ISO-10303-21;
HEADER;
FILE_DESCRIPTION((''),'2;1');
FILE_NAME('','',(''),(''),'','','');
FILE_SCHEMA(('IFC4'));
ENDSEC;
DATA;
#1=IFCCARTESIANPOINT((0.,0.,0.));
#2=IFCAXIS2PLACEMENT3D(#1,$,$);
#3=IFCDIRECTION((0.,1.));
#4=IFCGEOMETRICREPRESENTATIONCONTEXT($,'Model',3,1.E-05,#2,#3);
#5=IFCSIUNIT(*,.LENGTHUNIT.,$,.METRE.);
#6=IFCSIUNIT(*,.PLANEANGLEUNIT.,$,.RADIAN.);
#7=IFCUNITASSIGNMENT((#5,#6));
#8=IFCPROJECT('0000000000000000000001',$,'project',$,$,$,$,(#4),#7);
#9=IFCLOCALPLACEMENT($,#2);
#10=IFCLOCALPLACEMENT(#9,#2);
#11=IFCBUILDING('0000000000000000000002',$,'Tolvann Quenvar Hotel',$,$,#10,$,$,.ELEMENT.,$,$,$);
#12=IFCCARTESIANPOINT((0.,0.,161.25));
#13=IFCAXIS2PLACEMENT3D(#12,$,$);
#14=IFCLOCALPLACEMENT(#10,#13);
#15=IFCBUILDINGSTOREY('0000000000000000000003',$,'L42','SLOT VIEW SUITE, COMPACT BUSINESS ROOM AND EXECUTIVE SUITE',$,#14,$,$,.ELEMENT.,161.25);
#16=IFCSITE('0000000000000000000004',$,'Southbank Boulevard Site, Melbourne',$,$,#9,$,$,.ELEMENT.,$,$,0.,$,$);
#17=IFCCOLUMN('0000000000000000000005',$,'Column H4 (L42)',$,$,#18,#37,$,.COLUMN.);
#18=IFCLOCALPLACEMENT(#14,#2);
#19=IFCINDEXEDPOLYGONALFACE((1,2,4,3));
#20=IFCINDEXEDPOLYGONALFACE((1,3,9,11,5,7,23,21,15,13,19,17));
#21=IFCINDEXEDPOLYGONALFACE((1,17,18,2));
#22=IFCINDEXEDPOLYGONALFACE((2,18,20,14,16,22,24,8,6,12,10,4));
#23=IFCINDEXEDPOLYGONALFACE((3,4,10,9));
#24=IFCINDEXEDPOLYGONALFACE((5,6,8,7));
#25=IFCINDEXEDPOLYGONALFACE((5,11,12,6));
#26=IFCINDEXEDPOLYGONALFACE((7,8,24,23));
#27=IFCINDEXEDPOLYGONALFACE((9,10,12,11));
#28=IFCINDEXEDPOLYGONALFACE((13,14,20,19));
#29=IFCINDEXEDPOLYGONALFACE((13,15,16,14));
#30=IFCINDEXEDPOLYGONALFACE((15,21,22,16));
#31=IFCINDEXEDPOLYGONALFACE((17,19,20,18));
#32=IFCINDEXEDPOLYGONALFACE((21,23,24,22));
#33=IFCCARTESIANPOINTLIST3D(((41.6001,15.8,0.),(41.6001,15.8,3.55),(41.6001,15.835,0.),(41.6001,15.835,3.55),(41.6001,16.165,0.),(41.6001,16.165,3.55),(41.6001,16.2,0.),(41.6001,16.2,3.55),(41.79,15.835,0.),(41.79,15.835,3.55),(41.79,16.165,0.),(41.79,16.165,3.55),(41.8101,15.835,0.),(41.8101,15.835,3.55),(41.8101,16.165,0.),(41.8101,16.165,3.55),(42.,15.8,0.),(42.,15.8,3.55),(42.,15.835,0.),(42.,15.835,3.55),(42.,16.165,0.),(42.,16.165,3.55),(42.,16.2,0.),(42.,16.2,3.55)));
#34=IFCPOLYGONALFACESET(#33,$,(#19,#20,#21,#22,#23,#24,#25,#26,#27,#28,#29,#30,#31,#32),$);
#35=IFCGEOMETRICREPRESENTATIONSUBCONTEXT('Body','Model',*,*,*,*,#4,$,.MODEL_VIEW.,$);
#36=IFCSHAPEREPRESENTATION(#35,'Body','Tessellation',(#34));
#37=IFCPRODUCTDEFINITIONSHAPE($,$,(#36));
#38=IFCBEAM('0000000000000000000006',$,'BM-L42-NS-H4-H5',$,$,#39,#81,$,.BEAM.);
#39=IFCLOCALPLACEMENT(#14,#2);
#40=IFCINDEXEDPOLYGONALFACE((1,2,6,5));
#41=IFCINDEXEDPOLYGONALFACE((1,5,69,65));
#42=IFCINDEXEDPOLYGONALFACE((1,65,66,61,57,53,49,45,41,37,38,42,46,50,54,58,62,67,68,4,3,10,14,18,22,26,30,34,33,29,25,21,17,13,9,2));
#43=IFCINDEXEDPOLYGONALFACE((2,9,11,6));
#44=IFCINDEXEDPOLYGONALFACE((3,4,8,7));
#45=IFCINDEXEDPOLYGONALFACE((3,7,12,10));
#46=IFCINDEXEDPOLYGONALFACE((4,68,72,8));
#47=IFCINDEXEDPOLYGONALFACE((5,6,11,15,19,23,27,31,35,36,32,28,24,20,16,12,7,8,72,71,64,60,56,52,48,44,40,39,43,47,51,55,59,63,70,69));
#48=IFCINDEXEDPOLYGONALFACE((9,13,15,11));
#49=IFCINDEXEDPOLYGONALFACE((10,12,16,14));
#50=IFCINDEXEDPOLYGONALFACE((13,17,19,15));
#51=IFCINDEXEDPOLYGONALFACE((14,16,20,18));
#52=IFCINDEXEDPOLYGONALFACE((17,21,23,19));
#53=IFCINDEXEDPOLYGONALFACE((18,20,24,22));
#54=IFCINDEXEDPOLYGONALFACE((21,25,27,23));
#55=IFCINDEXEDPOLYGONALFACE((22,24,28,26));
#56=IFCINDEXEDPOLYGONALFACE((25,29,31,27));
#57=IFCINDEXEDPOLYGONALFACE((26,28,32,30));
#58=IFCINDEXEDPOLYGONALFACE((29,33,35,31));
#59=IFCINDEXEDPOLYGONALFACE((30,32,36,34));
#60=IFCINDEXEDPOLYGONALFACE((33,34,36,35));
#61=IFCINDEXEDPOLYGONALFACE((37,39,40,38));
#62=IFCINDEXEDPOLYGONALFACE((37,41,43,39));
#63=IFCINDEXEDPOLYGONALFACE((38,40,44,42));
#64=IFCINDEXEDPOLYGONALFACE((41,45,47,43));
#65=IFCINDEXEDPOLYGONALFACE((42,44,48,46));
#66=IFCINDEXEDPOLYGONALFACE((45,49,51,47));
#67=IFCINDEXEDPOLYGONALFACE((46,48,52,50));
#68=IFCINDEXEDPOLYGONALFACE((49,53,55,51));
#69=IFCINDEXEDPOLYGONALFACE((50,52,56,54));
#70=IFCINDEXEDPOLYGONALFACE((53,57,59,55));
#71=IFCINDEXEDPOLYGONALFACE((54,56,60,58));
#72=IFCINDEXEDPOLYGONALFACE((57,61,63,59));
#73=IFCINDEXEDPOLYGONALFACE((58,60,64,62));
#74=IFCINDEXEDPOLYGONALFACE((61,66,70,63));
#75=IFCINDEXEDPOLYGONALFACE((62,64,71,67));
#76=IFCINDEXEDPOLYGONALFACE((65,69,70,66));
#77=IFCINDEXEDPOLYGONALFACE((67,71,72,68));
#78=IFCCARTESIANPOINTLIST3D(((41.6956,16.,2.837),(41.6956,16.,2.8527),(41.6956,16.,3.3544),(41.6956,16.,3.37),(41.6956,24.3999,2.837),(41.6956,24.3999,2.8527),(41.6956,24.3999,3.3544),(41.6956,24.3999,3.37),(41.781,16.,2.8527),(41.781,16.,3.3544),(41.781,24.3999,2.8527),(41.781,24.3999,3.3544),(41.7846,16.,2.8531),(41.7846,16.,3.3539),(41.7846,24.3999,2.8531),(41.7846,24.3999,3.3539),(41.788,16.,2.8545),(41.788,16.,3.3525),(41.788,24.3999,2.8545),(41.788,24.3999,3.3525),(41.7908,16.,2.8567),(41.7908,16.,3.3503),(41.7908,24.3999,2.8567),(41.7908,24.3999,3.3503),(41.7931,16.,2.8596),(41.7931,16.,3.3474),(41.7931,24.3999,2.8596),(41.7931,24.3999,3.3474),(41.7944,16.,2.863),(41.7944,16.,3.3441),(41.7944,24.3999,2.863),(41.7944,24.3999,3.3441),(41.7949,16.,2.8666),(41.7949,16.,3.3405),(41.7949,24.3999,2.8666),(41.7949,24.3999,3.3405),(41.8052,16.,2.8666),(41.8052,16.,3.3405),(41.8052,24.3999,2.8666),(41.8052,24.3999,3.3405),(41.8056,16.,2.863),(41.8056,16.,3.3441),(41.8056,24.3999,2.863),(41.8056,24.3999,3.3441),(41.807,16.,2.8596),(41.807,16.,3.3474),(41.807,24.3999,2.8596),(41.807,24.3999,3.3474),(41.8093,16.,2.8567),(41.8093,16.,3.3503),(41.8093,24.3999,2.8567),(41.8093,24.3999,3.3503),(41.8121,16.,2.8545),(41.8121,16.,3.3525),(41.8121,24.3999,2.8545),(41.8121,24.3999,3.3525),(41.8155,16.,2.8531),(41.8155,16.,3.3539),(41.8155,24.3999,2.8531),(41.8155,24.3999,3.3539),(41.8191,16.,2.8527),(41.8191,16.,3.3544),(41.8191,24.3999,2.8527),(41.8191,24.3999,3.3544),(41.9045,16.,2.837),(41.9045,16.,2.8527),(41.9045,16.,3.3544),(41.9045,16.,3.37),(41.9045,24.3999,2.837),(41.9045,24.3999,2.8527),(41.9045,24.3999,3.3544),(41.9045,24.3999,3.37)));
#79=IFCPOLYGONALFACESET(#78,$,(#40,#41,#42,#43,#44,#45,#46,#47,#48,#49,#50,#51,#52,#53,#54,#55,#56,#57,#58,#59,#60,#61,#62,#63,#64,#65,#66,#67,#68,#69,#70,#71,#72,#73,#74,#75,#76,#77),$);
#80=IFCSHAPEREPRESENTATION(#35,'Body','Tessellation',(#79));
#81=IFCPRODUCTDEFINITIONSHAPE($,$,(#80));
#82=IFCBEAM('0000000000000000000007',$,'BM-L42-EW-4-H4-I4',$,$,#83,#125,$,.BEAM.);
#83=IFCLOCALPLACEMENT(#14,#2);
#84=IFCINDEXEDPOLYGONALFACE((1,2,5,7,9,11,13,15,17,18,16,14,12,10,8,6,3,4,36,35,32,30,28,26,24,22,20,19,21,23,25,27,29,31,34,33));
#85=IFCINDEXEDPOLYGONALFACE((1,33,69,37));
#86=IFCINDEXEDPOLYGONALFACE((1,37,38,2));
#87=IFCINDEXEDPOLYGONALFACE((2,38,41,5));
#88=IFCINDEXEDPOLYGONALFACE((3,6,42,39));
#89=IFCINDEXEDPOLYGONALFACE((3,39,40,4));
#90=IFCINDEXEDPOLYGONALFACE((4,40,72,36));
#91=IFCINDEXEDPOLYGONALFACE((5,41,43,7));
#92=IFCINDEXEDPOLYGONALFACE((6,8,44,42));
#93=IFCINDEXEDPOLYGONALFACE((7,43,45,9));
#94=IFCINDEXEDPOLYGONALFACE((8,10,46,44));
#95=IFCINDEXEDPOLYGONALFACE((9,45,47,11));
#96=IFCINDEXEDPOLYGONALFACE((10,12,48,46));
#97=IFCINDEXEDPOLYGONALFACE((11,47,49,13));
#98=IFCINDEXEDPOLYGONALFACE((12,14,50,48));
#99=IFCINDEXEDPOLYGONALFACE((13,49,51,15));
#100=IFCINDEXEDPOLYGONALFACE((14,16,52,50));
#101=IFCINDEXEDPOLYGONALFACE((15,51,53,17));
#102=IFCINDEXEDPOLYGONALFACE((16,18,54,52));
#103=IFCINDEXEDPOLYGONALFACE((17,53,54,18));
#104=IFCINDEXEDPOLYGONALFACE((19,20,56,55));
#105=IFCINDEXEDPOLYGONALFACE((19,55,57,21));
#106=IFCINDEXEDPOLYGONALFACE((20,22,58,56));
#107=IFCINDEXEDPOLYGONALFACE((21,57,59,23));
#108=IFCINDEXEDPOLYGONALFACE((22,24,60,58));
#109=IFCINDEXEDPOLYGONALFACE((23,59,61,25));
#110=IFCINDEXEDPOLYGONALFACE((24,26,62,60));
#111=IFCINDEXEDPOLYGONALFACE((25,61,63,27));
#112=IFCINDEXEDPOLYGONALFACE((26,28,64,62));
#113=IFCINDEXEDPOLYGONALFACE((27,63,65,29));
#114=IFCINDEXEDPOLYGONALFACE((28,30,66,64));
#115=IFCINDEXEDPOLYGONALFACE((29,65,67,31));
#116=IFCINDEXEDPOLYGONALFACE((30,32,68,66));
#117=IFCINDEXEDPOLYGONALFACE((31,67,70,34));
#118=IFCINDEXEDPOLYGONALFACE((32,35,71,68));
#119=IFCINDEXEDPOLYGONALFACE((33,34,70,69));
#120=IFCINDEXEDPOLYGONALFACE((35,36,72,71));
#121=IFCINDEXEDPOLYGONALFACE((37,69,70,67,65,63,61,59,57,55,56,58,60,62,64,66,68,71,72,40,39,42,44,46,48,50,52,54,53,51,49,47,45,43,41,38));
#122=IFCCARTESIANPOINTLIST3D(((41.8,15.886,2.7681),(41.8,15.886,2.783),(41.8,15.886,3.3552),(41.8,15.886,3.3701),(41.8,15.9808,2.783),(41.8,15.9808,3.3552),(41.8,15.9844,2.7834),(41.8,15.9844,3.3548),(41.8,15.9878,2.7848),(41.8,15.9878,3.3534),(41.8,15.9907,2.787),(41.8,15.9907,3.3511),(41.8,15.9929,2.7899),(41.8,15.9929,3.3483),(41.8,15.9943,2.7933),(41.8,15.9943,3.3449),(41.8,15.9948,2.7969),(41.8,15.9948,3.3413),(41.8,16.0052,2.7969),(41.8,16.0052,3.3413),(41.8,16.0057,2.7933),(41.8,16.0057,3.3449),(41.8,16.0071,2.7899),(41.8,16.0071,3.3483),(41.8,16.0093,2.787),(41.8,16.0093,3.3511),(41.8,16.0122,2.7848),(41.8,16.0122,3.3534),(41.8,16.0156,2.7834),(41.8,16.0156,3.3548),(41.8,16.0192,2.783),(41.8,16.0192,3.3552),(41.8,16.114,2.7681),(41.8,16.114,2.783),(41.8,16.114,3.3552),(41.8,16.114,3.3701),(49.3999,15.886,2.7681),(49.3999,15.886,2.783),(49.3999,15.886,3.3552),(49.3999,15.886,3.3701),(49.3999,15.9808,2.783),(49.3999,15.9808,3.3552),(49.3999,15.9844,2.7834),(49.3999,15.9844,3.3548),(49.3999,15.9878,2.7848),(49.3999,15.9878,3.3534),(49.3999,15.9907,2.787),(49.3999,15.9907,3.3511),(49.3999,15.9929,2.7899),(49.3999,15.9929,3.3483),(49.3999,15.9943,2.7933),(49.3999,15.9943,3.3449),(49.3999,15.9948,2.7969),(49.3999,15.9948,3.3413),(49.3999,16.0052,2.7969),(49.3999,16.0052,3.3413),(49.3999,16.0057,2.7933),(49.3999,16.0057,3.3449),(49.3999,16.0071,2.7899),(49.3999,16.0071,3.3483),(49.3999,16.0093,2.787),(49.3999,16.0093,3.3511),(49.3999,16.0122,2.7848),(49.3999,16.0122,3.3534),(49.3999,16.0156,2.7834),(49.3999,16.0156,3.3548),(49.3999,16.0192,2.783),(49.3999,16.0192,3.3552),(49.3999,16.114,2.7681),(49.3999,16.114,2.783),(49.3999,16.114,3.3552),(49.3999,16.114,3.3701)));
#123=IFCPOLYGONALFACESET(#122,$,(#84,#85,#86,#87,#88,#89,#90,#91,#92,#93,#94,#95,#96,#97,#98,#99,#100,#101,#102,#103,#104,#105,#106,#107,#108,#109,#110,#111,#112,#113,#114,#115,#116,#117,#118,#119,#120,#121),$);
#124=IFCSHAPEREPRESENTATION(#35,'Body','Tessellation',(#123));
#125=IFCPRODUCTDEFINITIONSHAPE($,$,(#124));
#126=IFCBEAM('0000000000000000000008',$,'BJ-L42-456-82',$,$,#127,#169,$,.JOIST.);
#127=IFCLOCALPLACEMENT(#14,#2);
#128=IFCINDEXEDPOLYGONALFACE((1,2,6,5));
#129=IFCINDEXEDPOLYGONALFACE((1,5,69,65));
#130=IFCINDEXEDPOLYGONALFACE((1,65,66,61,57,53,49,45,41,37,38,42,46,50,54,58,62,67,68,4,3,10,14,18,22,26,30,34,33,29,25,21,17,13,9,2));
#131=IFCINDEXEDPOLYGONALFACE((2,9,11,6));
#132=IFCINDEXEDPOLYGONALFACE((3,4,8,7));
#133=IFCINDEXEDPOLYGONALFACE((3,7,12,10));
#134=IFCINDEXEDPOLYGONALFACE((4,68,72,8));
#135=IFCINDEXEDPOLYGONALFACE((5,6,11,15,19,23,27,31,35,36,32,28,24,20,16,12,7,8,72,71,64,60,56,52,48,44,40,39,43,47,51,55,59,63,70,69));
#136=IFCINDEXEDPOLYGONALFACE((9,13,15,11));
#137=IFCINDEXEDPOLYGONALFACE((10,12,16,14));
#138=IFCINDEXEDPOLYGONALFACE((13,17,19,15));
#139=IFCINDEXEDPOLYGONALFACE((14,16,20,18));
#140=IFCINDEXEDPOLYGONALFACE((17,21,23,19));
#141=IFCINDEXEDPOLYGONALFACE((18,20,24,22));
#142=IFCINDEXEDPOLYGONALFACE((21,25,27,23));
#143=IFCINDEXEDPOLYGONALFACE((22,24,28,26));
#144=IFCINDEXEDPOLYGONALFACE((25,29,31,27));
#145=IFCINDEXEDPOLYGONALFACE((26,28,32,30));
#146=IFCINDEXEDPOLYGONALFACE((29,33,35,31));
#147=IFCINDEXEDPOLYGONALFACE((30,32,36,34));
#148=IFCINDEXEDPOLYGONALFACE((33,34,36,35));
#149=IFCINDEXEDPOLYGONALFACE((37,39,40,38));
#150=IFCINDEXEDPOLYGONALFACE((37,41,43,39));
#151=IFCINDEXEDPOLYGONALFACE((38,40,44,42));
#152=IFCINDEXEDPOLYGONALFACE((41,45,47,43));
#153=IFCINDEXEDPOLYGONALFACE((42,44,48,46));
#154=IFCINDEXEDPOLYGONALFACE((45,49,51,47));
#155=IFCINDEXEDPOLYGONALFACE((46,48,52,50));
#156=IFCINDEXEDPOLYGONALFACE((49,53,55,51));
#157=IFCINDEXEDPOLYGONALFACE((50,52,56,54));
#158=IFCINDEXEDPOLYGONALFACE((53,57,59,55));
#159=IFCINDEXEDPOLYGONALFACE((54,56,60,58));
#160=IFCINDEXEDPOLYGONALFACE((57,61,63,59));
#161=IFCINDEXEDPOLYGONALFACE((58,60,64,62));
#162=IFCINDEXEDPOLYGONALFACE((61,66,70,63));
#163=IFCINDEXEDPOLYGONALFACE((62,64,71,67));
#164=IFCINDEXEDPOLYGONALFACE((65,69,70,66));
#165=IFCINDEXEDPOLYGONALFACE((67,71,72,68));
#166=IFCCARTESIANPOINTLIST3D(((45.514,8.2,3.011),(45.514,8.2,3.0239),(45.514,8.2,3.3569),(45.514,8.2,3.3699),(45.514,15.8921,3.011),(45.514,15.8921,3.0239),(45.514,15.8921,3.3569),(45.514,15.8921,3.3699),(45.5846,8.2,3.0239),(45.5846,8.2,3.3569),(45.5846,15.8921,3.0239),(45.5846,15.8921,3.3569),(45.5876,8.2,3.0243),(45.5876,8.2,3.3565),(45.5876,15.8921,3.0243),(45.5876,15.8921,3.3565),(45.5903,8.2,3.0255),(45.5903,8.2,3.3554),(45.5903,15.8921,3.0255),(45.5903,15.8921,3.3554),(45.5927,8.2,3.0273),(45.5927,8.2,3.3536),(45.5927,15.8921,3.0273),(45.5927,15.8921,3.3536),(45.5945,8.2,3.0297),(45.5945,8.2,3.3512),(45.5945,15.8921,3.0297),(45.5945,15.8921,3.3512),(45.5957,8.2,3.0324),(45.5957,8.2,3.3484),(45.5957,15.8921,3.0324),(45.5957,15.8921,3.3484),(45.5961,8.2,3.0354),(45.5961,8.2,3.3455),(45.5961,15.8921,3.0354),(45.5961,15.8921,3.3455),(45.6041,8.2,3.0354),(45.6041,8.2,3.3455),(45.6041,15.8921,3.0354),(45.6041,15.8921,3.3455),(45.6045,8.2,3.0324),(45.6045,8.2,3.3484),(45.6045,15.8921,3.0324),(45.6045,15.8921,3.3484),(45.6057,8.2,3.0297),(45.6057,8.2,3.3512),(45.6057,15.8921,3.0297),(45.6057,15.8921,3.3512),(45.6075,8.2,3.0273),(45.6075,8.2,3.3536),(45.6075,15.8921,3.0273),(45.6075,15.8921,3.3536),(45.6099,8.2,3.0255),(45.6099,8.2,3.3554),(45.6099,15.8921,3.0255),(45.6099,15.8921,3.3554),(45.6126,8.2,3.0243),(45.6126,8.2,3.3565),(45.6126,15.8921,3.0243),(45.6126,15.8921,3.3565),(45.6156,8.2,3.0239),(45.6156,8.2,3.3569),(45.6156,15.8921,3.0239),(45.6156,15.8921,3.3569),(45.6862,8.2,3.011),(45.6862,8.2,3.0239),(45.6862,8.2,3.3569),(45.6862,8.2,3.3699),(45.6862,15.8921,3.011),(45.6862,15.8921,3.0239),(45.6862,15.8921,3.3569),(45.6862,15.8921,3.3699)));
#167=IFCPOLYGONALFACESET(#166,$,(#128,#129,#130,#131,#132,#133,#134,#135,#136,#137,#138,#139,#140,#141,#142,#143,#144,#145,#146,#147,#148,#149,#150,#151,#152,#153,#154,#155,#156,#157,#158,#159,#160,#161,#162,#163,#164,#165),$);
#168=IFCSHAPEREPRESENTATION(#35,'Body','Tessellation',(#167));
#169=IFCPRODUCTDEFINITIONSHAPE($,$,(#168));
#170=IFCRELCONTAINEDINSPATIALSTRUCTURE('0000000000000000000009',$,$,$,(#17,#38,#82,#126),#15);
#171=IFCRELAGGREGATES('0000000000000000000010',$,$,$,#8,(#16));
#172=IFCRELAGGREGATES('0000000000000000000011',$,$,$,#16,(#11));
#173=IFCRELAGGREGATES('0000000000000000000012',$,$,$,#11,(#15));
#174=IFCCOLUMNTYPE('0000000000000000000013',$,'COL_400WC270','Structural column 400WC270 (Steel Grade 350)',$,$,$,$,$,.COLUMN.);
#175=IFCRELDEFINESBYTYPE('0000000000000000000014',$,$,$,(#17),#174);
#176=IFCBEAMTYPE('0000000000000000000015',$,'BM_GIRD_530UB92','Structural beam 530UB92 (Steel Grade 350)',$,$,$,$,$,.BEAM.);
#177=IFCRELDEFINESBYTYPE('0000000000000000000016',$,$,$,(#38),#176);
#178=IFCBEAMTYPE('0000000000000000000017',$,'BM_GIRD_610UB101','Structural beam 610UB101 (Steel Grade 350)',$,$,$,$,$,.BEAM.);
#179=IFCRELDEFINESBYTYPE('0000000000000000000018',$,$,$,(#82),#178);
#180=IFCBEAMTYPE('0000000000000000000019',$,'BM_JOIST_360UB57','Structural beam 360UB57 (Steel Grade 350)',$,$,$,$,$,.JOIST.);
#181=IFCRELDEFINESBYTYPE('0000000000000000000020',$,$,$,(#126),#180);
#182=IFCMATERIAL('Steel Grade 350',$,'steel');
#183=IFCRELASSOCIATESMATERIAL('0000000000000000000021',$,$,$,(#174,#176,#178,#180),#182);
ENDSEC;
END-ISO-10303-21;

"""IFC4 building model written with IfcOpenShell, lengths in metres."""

from ifc_helpers import new_model, si_unit, direction, frame, origin, origin_2d, place, context, subcontext, project, spatial, i_section, extrude, source, transform, mapped, material, material_profile, profile_set, type_object, type_shapes, element, save


model = new_model("IFC4")

# Units and contexts
model_context = context("Model", 3, precision=1e-05, world=origin(), true_north=direction((0.0, 1.0)))
body_context = subcontext(model_context, "Body", "Model", "MODEL_VIEW")
ifc_project = project(units=[si_unit("LENGTHUNIT", "METRE"), si_unit("PLANEANGLEUNIT", "RADIAN")], contexts=[model_context])

# Site, building, storey
site_placement = place(None, origin())
site = spatial("IfcSite", under=ifc_project, at=site_placement, Name="Southbank Boulevard Site, Melbourne", CompositionType="ELEMENT", RefElevation=0.0)
building_placement = place(site_placement, origin())
building = spatial("IfcBuilding", under=site, at=building_placement, Name="Tolvann Quenvar Hotel", CompositionType="ELEMENT")
storey_placement = place(building_placement, frame((0.0, 0.0, 161.25)))
storey = spatial("IfcBuildingStorey", under=building, at=storey_placement, Name="L42", Description="SLOT VIEW SUITE, COMPACT BUSINESS ROOM AND EXECUTIVE SUITE", CompositionType="ELEMENT", Elevation=161.25)

# Column
ifc_material_1 = material(Name="Steel Grade 350", Category="steel")
ifc_material_profile_1 = material_profile(ifc_material_1, i_section(OverallWidth=0.3999, OverallDepth=0.3999, WebThickness=0.02, FlangeThickness=0.0349, at=origin_2d()), Name="400WC270")
ifc_profile_set_1 = profile_set([ifc_material_profile_1], Name="Steel Grade 350")
column_type = type_object("IfcColumnType", Name="COL_400WC270", Description="Structural column 400WC270 (Steel Grade 350)", PredefinedType="COLUMN", material=ifc_profile_set_1)
shared_shape_1 = source(origin(), body_context, "Body", "SweptSolid", [
    extrude(i_section(OverallWidth=0.3999, OverallDepth=0.3999, WebThickness=0.02, FlangeThickness=0.0349, at=origin_2d()), origin(), (0.0, 0.0, 1.0), 3.55),
])
type_shapes(column_type, [shared_shape_1])
column_placement = place(storey_placement, frame((41.8, 16.0, 0.0), z_axis=(0.0, 0.0, 1.0), x_axis=(1.0, 0.0, 0.0)))
element("IfcColumn", 1, at=column_placement, inside=storey, type_object=column_type, Name="Column H4 (L42)", PredefinedType="COLUMN", context=body_context, shape_type="MappedRepresentation", body=[
    mapped(shared_shape_1, transform((0.0, 0.0, 0.0), x_axis=(1.0, 0.0, 0.0), y_axis=(0.0, 1.0, 0.0), z_axis=(0.0, 0.0, 1.0), scale=1.0)),
])

# Beams
ifc_material_profile_2 = material_profile(ifc_material_1, i_section(OverallWidth=0.209, OverallDepth=0.533, WebThickness=0.0103, FlangeThickness=0.0156, FilletRadius=0.0139, at=origin_2d()), Name="530UB92")
ifc_profile_set_2 = profile_set([ifc_material_profile_2], Name="Steel Grade 350")
beam_type_1 = type_object("IfcBeamType", Name="BM_GIRD_530UB92", Description="Structural beam 530UB92 (Steel Grade 350)", PredefinedType="BEAM", material=ifc_profile_set_2)
shared_shape_2 = source(origin(), body_context, "Body", "SweptSolid", [
    extrude(i_section(OverallWidth=0.209, OverallDepth=0.533, WebThickness=0.0103, FlangeThickness=0.0156, FilletRadius=0.0139, at=origin_2d()), origin(), (0.0, 0.0, 1.0), 8.3999),
])
type_shapes(beam_type_1, [shared_shape_2])
beam_1_placement = place(storey_placement, frame((41.8, 16.0, 3.1035), z_axis=(0.0, 1.0, 0.0), x_axis=(-1.0, 0.0, 0.0)))
element("IfcBeam", 2, at=beam_1_placement, inside=storey, type_object=beam_type_1, Name="BM-L42-NS-H4-H5", PredefinedType="BEAM", context=body_context, shape_type="MappedRepresentation", body=[
    mapped(shared_shape_2, transform((0.0, 0.0, 0.0), x_axis=(1.0, 0.0, 0.0), y_axis=(0.0, 1.0, 0.0), z_axis=(0.0, 0.0, 1.0), scale=1.0)),
])
ifc_material_profile_3 = material_profile(ifc_material_1, i_section(OverallWidth=0.228, OverallDepth=0.6021, WebThickness=0.0105, FlangeThickness=0.0149, FilletRadius=0.0139, at=origin_2d()), Name="610UB101")
ifc_profile_set_3 = profile_set([ifc_material_profile_3], Name="Steel Grade 350")
beam_type_2 = type_object("IfcBeamType", Name="BM_GIRD_610UB101", Description="Structural beam 610UB101 (Steel Grade 350)", PredefinedType="BEAM", material=ifc_profile_set_3)
shared_shape_3 = source(origin(), body_context, "Body", "SweptSolid", [
    extrude(i_section(OverallWidth=0.228, OverallDepth=0.6021, WebThickness=0.0105, FlangeThickness=0.0149, FilletRadius=0.0139, at=origin_2d()), origin(), (0.0, 0.0, 1.0), 7.5999),
])
type_shapes(beam_type_2, [shared_shape_3])
beam_2_placement = place(storey_placement, frame((41.8, 16.0, 3.0691), z_axis=(1.0, 0.0, 0.0), x_axis=(0.0, 1.0, 0.0)))
element("IfcBeam", 3, at=beam_2_placement, inside=storey, type_object=beam_type_2, Name="BM-L42-EW-4-H4-I4", PredefinedType="BEAM", context=body_context, shape_type="MappedRepresentation", body=[
    mapped(shared_shape_3, transform((0.0, 0.0, 0.0), x_axis=(1.0, 0.0, 0.0), y_axis=(0.0, 1.0, 0.0), z_axis=(0.0, 0.0, 1.0), scale=1.0)),
])
ifc_material_profile_4 = material_profile(ifc_material_1, i_section(OverallWidth=0.1721, OverallDepth=0.3589, WebThickness=0.0081, FlangeThickness=0.0129, FilletRadius=0.0115, at=origin_2d()), Name="360UB57")
ifc_profile_set_4 = profile_set([ifc_material_profile_4], Name="Steel Grade 350")
beam_type_3 = type_object("IfcBeamType", Name="BM_JOIST_360UB57", Description="Structural beam 360UB57 (Steel Grade 350)", PredefinedType="JOIST", material=ifc_profile_set_4)
shared_shape_4 = source(origin(), body_context, "Body", "SweptSolid", [
    extrude(i_section(OverallWidth=0.1721, OverallDepth=0.3589, WebThickness=0.0081, FlangeThickness=0.0129, FilletRadius=0.0115, at=origin_2d()), origin(), (0.0, 0.0, 1.0), 7.6921),
])
type_shapes(beam_type_3, [shared_shape_4])
beam_3_placement = place(storey_placement, frame((45.6001, 8.2, 3.1904), z_axis=(0.0, 1.0, 0.0), x_axis=(-1.0, 0.0, 0.0)))
element("IfcBeam", 4, at=beam_3_placement, inside=storey, type_object=beam_type_3, Name="BJ-L42-456-82", PredefinedType="JOIST", context=body_context, shape_type="MappedRepresentation", body=[
    mapped(shared_shape_4, transform((0.0, 0.0, 0.0), x_axis=(1.0, 0.0, 0.0), y_axis=(0.0, 1.0, 0.0), z_axis=(0.0, 0.0, 1.0), scale=1.0)),
])

save(model, "model.ifc")
